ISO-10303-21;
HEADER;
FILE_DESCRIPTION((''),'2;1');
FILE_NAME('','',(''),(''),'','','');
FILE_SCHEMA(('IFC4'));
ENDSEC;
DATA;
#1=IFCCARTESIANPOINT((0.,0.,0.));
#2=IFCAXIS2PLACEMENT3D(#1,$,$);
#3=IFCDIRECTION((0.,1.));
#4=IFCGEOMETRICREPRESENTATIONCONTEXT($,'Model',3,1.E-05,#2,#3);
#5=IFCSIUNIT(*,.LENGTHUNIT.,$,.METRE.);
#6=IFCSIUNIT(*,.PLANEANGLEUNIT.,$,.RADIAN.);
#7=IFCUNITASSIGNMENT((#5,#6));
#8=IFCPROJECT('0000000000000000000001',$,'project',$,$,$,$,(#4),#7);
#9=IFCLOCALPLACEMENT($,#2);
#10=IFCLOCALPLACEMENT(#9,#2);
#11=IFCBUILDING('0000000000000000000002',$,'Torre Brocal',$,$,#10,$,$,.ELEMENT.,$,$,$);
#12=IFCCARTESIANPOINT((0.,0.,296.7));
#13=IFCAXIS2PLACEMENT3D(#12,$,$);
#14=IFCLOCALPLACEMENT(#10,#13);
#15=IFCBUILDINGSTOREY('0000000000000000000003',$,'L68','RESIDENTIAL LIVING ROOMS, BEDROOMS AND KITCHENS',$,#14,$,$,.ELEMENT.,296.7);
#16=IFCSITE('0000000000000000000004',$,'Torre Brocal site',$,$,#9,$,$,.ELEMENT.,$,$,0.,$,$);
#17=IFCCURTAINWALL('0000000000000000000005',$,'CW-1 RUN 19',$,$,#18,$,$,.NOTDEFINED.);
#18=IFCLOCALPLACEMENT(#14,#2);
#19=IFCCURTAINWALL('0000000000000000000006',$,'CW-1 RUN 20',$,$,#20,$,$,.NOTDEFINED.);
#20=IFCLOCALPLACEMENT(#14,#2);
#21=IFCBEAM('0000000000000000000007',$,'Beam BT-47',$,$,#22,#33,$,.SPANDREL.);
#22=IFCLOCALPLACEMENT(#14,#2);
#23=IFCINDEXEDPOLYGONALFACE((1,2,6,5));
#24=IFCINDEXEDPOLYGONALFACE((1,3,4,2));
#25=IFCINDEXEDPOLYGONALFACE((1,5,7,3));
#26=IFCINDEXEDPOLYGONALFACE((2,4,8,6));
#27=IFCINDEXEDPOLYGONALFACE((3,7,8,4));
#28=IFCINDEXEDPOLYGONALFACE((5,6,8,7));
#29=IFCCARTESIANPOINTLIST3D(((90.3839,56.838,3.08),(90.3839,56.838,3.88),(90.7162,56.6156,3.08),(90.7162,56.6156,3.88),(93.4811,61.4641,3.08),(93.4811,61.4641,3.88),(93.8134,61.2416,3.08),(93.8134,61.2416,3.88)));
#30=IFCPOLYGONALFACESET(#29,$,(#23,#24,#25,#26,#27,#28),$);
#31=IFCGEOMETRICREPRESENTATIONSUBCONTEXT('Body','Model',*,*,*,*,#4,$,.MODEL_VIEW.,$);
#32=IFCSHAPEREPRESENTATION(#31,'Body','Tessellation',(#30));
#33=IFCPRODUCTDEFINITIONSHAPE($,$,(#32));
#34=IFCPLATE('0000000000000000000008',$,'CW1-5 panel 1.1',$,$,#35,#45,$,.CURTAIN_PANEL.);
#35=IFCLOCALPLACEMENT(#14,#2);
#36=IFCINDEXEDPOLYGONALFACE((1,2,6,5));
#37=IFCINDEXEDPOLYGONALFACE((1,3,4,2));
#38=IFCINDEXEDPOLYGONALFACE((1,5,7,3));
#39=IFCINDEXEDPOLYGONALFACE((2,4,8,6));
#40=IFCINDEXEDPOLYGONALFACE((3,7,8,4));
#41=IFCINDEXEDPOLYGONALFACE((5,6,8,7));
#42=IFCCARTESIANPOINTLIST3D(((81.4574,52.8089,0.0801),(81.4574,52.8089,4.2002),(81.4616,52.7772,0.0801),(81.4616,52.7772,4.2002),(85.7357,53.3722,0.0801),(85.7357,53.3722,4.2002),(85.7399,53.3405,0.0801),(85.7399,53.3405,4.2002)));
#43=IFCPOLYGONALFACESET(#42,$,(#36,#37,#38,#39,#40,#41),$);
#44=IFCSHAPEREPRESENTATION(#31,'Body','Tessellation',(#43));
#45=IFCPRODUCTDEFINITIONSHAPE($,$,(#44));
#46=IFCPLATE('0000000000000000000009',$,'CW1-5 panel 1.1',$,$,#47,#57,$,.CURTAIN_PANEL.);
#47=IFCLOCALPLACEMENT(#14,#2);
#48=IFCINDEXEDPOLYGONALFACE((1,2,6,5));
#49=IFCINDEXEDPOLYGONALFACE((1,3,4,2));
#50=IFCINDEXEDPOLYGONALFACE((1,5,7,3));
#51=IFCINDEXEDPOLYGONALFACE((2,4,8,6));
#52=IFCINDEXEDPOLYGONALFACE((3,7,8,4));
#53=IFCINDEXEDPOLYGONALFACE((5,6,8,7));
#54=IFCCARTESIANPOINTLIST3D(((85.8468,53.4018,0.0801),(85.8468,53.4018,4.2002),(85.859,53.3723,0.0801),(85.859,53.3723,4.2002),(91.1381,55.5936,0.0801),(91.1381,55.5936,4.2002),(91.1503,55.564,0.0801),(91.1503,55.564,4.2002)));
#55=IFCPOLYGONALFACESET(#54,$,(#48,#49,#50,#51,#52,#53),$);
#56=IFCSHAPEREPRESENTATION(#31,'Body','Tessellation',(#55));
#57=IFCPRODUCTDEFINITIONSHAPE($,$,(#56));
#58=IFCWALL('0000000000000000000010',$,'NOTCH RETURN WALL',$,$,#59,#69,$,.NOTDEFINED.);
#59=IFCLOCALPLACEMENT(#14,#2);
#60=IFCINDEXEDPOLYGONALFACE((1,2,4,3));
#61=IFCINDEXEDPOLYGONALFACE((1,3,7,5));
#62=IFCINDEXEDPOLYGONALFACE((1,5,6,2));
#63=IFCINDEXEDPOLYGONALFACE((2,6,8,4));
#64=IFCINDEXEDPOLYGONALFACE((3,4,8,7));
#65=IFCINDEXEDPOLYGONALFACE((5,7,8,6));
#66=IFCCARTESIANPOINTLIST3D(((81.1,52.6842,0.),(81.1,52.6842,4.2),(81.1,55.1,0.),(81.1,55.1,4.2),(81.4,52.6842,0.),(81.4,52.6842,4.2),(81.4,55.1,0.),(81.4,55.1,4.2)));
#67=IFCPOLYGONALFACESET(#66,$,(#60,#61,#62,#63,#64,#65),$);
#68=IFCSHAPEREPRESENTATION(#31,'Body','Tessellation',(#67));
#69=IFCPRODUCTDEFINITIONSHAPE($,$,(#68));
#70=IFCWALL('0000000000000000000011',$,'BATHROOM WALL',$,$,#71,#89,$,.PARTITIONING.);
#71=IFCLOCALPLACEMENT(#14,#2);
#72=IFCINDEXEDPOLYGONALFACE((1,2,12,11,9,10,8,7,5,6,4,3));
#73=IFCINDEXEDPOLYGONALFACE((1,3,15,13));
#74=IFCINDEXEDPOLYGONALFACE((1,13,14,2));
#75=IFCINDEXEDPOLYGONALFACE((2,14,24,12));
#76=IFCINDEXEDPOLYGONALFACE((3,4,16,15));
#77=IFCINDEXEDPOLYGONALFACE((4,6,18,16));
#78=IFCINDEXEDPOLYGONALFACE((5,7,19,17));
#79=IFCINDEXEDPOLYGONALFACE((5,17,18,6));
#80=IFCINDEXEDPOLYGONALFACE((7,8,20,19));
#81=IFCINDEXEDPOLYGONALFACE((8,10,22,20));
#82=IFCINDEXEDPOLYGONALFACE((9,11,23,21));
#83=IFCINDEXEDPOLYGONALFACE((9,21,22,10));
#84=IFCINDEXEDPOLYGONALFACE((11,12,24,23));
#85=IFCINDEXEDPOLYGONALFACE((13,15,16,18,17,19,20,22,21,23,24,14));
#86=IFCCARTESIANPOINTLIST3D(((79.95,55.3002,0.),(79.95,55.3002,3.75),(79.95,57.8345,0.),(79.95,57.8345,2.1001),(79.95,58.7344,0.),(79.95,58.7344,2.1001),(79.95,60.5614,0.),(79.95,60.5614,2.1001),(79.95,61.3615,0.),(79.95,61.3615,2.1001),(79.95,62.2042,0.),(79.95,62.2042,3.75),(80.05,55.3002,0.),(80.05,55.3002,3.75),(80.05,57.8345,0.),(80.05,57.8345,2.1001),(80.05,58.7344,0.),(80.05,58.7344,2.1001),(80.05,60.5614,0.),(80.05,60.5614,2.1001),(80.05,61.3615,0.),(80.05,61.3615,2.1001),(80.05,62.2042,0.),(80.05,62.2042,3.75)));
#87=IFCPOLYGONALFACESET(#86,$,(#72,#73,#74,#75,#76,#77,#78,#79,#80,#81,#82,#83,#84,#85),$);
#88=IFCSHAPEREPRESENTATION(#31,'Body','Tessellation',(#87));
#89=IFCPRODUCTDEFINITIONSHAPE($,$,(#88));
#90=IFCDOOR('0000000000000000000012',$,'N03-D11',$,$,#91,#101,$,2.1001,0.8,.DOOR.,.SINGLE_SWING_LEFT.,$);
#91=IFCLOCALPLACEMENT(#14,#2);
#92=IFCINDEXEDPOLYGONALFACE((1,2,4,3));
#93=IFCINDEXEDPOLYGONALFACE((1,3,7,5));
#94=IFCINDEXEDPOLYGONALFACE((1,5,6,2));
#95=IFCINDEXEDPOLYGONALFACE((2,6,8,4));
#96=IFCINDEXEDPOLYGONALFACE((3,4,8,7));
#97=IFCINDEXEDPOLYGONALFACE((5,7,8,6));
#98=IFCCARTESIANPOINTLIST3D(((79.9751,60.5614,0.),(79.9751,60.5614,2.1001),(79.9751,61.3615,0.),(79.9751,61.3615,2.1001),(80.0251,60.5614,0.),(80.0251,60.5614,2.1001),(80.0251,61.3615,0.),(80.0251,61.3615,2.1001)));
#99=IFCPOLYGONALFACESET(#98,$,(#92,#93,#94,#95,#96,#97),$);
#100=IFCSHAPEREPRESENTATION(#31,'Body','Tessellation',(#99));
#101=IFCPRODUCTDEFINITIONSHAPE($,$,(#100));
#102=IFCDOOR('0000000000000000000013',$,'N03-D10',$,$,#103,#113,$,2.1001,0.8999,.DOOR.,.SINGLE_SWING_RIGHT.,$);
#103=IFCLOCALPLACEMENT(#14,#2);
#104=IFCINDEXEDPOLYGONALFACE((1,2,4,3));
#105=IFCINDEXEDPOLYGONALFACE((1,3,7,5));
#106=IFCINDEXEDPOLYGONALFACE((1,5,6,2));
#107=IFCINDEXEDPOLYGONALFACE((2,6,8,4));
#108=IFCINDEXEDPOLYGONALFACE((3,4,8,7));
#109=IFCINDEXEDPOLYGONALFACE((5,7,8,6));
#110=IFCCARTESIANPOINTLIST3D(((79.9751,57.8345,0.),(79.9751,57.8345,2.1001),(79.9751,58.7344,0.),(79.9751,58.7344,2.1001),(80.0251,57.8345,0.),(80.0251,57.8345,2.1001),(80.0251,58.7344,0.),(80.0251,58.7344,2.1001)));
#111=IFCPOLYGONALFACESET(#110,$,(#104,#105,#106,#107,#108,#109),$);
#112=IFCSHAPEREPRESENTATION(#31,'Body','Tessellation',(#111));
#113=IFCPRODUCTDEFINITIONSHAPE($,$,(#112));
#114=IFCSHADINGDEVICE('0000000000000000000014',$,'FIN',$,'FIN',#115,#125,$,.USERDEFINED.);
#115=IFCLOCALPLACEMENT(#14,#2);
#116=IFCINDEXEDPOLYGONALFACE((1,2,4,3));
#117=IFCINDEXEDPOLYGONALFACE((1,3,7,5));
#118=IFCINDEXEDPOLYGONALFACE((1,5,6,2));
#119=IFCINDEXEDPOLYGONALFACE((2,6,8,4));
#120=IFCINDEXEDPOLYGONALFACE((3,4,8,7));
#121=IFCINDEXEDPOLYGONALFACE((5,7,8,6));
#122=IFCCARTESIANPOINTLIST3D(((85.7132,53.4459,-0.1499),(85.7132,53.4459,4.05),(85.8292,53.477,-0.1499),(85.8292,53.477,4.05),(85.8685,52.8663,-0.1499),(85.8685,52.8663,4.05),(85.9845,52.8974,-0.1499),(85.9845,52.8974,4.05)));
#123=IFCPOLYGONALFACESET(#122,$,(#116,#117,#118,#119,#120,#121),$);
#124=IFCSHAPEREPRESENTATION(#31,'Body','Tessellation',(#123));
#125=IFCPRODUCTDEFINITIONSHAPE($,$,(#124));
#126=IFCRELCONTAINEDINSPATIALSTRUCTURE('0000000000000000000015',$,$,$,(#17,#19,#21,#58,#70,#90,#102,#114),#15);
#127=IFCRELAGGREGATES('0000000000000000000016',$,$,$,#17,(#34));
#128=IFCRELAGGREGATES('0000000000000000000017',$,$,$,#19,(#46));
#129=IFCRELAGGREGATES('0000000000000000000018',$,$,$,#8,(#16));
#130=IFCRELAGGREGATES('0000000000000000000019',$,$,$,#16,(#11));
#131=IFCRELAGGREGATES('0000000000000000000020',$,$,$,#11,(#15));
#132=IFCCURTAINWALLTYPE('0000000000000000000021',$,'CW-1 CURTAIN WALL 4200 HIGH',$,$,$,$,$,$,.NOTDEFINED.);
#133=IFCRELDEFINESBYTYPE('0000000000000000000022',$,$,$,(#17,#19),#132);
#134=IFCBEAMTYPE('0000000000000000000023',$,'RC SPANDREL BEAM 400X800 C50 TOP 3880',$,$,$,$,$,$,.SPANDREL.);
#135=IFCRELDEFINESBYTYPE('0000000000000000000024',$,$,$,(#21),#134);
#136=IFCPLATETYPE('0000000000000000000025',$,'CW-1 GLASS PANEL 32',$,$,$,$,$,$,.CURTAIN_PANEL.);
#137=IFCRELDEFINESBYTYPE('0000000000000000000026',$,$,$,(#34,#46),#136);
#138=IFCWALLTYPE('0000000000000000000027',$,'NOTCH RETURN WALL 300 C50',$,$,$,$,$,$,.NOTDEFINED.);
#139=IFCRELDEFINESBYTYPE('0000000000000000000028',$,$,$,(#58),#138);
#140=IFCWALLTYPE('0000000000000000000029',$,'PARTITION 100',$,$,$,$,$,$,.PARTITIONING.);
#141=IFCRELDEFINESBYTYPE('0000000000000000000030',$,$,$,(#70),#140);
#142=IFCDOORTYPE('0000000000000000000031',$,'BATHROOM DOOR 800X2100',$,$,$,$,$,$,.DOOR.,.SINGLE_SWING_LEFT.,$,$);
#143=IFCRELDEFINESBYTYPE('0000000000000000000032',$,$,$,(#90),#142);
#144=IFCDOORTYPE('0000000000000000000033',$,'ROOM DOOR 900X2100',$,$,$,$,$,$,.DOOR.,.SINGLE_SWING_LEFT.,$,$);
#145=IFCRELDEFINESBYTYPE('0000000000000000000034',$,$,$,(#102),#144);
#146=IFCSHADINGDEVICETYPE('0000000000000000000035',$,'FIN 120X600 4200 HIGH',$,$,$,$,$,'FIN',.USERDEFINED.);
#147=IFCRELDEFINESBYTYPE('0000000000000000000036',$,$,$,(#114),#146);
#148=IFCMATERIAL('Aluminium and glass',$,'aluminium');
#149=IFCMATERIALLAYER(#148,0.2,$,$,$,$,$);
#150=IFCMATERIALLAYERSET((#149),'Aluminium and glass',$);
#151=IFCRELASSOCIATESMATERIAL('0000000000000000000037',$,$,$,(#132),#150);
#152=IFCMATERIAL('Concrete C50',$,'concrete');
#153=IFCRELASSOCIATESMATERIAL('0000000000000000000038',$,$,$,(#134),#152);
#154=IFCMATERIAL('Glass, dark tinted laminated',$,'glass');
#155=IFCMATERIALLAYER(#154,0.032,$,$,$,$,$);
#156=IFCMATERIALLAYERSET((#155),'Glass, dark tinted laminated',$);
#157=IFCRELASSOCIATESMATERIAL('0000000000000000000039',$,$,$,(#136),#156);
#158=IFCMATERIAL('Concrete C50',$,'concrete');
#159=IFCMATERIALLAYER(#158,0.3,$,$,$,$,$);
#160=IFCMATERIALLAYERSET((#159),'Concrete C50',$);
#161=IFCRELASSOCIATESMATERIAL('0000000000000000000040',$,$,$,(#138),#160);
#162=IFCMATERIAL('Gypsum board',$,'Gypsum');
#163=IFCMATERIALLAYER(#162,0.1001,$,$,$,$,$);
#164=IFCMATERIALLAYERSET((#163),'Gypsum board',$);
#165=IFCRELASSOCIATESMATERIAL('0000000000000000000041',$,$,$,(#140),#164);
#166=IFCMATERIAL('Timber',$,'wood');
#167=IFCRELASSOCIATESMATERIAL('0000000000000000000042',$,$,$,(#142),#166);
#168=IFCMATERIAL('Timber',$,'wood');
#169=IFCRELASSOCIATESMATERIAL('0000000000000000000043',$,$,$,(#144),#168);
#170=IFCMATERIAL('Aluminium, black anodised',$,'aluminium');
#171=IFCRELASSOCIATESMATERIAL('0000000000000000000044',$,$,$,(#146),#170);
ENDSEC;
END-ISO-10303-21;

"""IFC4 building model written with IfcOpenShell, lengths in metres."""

from ifc_helpers import new_model, si_unit, direction, frame, frame_2d, origin, origin_2d, place, context, subcontext, project, spatial, rectangle, extrude, material, layer, layer_set, material_profile, profile_set, type_object, element, fill, aggregate, save


model = new_model("IFC4")

# Units and contexts
model_context = context("Model", 3, precision=1e-05, world=origin(), true_north=direction((0.0, 1.0)))
body_context = subcontext(model_context, "Body", "Model", "MODEL_VIEW")
ifc_project = project(units=[si_unit("LENGTHUNIT", "METRE"), si_unit("PLANEANGLEUNIT", "RADIAN")], contexts=[model_context])

# Site, building, storey
site_placement = place(None, origin())
site = spatial("IfcSite", under=ifc_project, at=site_placement, Name="Torre Brocal site", CompositionType="ELEMENT", RefElevation=0.0)
building_placement = place(site_placement, origin())
building = spatial("IfcBuilding", under=site, at=building_placement, Name="Torre Brocal", CompositionType="ELEMENT")
storey_placement = place(building_placement, frame((0.0, 0.0, 296.7)))
storey = spatial("IfcBuildingStorey", under=building, at=storey_placement, Name="L68", Description="RESIDENTIAL LIVING ROOMS, BEDROOMS AND KITCHENS", CompositionType="ELEMENT", Elevation=296.7)

# Curtain walls
ifc_material_1 = material(Name="Aluminium and glass", Category="aluminium")
ifc_layer_1 = layer(ifc_material_1, 0.2)
ifc_layer_set_1 = layer_set([ifc_layer_1], Name="Aluminium and glass")
curtain_wall_type = type_object("IfcCurtainWallType", Name="CW-1 CURTAIN WALL 4200 HIGH", PredefinedType="NOTDEFINED", material=ifc_layer_set_1)
curtain_wall_1_placement = place(storey_placement, origin())
curtain_wall_1 = element("IfcCurtainWall", 1, at=curtain_wall_1_placement, inside=storey, type_object=curtain_wall_type, Name="CW-1 RUN 19", PredefinedType="NOTDEFINED")
curtain_wall_2_placement = place(storey_placement, origin())
curtain_wall_2 = element("IfcCurtainWall", 2, at=curtain_wall_2_placement, inside=storey, type_object=curtain_wall_type, Name="CW-1 RUN 20", PredefinedType="NOTDEFINED")

# Beam
ifc_material_2 = material(Name="Concrete C50", Category="concrete")
ifc_material_profile_1 = material_profile(ifc_material_2, rectangle(XDim=0.3999, YDim=0.8, at=origin_2d()), Name="RC 400X800")
ifc_profile_set_1 = profile_set([ifc_material_profile_1], Name="Concrete C50")
beam_type_1 = type_object("IfcBeamType", Name="RC SPANDREL BEAM 400X800 C50 TOP 3880", PredefinedType="SPANDREL", material=ifc_profile_set_1)
beam_1_placement = place(storey_placement, frame((90.55, 56.7268, 3.48), z_axis=(0.556339, 0.830956, 0.0), x_axis=(-0.830956, 0.556339, 0.0)))
element("IfcBeam", 3, at=beam_1_placement, inside=storey, type_object=beam_type_1, Name="Beam BT-47", PredefinedType="SPANDREL", context=body_context, shape_type="SweptSolid", body=[
    extrude(rectangle(XDim=0.3999, YDim=0.8, at=origin_2d()), origin(), (0.0, 0.0, 1.0), 5.5671),
])

# Plates
ifc_material_3 = material(Name="Glass, dark tinted laminated", Category="glass")
ifc_layer_2 = layer(ifc_material_3, 0.032)
ifc_layer_set_2 = layer_set([ifc_layer_2], Name="Glass, dark tinted laminated")
plate_type = type_object("IfcPlateType", Name="CW-1 GLASS PANEL 32", PredefinedType="CURTAIN_PANEL", material=ifc_layer_set_2)
plate_1_placement = place(storey_placement, frame((83.5986, 53.0747, 0.0801), z_axis=(0.0, 0.0, 1.0), x_axis=(0.991445, 0.130526, 0.0)))
plate_1 = element("IfcPlate", 4, at=plate_1_placement, type_object=plate_type, Name="CW1-5 panel 1.1", PredefinedType="CURTAIN_PANEL", context=body_context, shape_type="SweptSolid", body=[
    extrude(rectangle(XDim=4.3152, YDim=0.032, at=origin_2d()), origin(), (0.0, 0.0, 1.0), 4.1201),
])
aggregate(curtain_wall_1, [plate_1])
plate_2_placement = place(storey_placement, frame((88.4985, 54.4829, 0.0801), z_axis=(0.0, 0.0, 1.0), x_axis=(0.92388, 0.382683, 0.0)))
plate_2 = element("IfcPlate", 5, at=plate_2_placement, type_object=plate_type, Name="CW1-5 panel 1.1", PredefinedType="CURTAIN_PANEL", context=body_context, shape_type="SweptSolid", body=[
    extrude(rectangle(XDim=5.7273, YDim=0.032, at=origin_2d()), origin(), (0.0, 0.0, 1.0), 4.1201),
])
aggregate(curtain_wall_2, [plate_2])

# Wall
ifc_material_4 = material(Name="Concrete C50", Category="concrete")
ifc_layer_3 = layer(ifc_material_4, 0.3)
ifc_layer_set_3 = layer_set([ifc_layer_3], Name="Concrete C50")
wall_type_1 = type_object("IfcWallType", Name="NOTCH RETURN WALL 300 C50", PredefinedType="NOTDEFINED", material=ifc_layer_set_3)
wall_1_placement = place(storey_placement, frame((81.25, 55.1001, 0.0), z_axis=(0.0, 0.0, 1.0), x_axis=(0.0, -1.0, 0.0)))
element("IfcWall", 6, at=wall_1_placement, inside=storey, type_object=wall_type_1, Name="NOTCH RETURN WALL", PredefinedType="NOTDEFINED", context=body_context, shape_type="SweptSolid", body=[
    extrude(rectangle(XDim=2.4158, YDim=0.3, at=frame_2d((1.208, 0.0))), origin(), (0.0, 0.0, 1.0), 4.2),
])

# Wall, openings, doors
ifc_material_5 = material(Name="Gypsum board", Category="Gypsum")
ifc_layer_4 = layer(ifc_material_5, 0.1001)
ifc_layer_set_4 = layer_set([ifc_layer_4], Name="Gypsum board")
wall_type_2 = type_object("IfcWallType", Name="PARTITION 100", PredefinedType="PARTITIONING", material=ifc_layer_set_4)
wall_2_placement = place(storey_placement, frame((80.0, 55.3, 0.0), z_axis=(0.0, 0.0, 1.0), x_axis=(0.0, 1.0, 0.0)))
wall_2 = element("IfcWall", 7, at=wall_2_placement, inside=storey, type_object=wall_type_2, Name="BATHROOM WALL", PredefinedType="PARTITIONING", context=body_context, shape_type="SweptSolid", body=[
    extrude(rectangle(XDim=6.9041, YDim=0.1001, at=frame_2d((3.4521, 0.0))), origin(), (0.0, 0.0, 1.0), 3.75),
])
opening_1_placement = place(wall_2_placement, frame((2.5344, 0.0, 0.0)))
opening_1 = element("IfcOpeningElement", 8, at=opening_1_placement, cuts=wall_2, PredefinedType="OPENING", context=body_context, shape_type="SweptSolid", body=[
    extrude(rectangle(XDim=0.8999, YDim=2.1001, at=frame_2d((0.45, 1.05))), frame((0.0, 0.0601, 0.0), z_axis=(0.0, -1.0, 0.0), x_axis=(1.0, 0.0, 0.0)), (0.0, 0.0, 1.0), 0.1201),
])
opening_2_placement = place(wall_2_placement, frame((5.2615, 0.0, 0.0)))
opening_2 = element("IfcOpeningElement", 9, at=opening_2_placement, cuts=wall_2, PredefinedType="OPENING", context=body_context, shape_type="SweptSolid", body=[
    extrude(rectangle(XDim=0.8, YDim=2.1001, at=frame_2d((0.3999, 1.05))), frame((0.0, 0.0601, 0.0), z_axis=(0.0, -1.0, 0.0), x_axis=(1.0, 0.0, 0.0)), (0.0, 0.0, 1.0), 0.1201),
])
ifc_material_6 = material(Name="Timber", Category="wood")
door_type_1 = type_object("IfcDoorType", Name="BATHROOM DOOR 800X2100", OperationType="SINGLE_SWING_LEFT", PredefinedType="DOOR", material=ifc_material_6)
door_1_placement = place(opening_2_placement, origin())
door_1 = element("IfcDoor", 10, at=door_1_placement, inside=storey, type_object=door_type_1, Name="N03-D11", OperationType="SINGLE_SWING_LEFT", OverallHeight=2.1001, OverallWidth=0.8, PredefinedType="DOOR", context=body_context, shape_type="SweptSolid", body=[
    extrude(rectangle(XDim=0.8, YDim=2.1001, at=frame_2d((0.3999, 1.05))), frame((0.0, 0.0249, 0.0), z_axis=(0.0, -1.0, 0.0), x_axis=(1.0, 0.0, 0.0)), (0.0, 0.0, 1.0), 0.05),
])
fill(opening_2, door_1)
ifc_material_7 = material(Name="Timber", Category="wood")
door_type_2 = type_object("IfcDoorType", Name="ROOM DOOR 900X2100", OperationType="SINGLE_SWING_LEFT", PredefinedType="DOOR", material=ifc_material_7)
door_2_placement = place(opening_1_placement, origin())
door_2 = element("IfcDoor", 11, at=door_2_placement, inside=storey, type_object=door_type_2, Name="N03-D10", OperationType="SINGLE_SWING_RIGHT", OverallHeight=2.1001, OverallWidth=0.8999, PredefinedType="DOOR", context=body_context, shape_type="SweptSolid", body=[
    extrude(rectangle(XDim=0.8999, YDim=2.1001, at=frame_2d((0.45, 1.05))), frame((0.0, 0.0249, 0.0), z_axis=(0.0, -1.0, 0.0), x_axis=(1.0, 0.0, 0.0)), (0.0, 0.0, 1.0), 0.05),
])
fill(opening_1, door_2)

# Shading device
ifc_material_8 = material(Name="Aluminium, black anodised", Category="aluminium")
ifc_material_profile_2 = material_profile(ifc_material_8, rectangle(XDim=0.1201, YDim=0.6001, at=origin_2d()), Name="FIN 120X600 4200 HIGH")
ifc_profile_set_2 = profile_set([ifc_material_profile_2], Name="Aluminium, black anodised")
shading_device_type = type_object("IfcShadingDeviceType", Name="FIN 120X600 4200 HIGH", ElementType="FIN", PredefinedType="USERDEFINED", material=ifc_profile_set_2)
shading_device_placement = place(storey_placement, frame((85.8489, 53.1716, -0.1499), z_axis=(0.0, 0.0, 1.0), x_axis=(0.965926, 0.258819, 0.0)))
element("IfcShadingDevice", 12, at=shading_device_placement, inside=storey, type_object=shading_device_type, Name="FIN", ObjectType="FIN", PredefinedType="USERDEFINED", context=body_context, shape_type="SweptSolid", body=[
    extrude(rectangle(XDim=0.1201, YDim=0.6001, at=origin_2d()), origin(), (0.0, 0.0, 1.0), 4.2),
])

save(model, "model.ifc")
